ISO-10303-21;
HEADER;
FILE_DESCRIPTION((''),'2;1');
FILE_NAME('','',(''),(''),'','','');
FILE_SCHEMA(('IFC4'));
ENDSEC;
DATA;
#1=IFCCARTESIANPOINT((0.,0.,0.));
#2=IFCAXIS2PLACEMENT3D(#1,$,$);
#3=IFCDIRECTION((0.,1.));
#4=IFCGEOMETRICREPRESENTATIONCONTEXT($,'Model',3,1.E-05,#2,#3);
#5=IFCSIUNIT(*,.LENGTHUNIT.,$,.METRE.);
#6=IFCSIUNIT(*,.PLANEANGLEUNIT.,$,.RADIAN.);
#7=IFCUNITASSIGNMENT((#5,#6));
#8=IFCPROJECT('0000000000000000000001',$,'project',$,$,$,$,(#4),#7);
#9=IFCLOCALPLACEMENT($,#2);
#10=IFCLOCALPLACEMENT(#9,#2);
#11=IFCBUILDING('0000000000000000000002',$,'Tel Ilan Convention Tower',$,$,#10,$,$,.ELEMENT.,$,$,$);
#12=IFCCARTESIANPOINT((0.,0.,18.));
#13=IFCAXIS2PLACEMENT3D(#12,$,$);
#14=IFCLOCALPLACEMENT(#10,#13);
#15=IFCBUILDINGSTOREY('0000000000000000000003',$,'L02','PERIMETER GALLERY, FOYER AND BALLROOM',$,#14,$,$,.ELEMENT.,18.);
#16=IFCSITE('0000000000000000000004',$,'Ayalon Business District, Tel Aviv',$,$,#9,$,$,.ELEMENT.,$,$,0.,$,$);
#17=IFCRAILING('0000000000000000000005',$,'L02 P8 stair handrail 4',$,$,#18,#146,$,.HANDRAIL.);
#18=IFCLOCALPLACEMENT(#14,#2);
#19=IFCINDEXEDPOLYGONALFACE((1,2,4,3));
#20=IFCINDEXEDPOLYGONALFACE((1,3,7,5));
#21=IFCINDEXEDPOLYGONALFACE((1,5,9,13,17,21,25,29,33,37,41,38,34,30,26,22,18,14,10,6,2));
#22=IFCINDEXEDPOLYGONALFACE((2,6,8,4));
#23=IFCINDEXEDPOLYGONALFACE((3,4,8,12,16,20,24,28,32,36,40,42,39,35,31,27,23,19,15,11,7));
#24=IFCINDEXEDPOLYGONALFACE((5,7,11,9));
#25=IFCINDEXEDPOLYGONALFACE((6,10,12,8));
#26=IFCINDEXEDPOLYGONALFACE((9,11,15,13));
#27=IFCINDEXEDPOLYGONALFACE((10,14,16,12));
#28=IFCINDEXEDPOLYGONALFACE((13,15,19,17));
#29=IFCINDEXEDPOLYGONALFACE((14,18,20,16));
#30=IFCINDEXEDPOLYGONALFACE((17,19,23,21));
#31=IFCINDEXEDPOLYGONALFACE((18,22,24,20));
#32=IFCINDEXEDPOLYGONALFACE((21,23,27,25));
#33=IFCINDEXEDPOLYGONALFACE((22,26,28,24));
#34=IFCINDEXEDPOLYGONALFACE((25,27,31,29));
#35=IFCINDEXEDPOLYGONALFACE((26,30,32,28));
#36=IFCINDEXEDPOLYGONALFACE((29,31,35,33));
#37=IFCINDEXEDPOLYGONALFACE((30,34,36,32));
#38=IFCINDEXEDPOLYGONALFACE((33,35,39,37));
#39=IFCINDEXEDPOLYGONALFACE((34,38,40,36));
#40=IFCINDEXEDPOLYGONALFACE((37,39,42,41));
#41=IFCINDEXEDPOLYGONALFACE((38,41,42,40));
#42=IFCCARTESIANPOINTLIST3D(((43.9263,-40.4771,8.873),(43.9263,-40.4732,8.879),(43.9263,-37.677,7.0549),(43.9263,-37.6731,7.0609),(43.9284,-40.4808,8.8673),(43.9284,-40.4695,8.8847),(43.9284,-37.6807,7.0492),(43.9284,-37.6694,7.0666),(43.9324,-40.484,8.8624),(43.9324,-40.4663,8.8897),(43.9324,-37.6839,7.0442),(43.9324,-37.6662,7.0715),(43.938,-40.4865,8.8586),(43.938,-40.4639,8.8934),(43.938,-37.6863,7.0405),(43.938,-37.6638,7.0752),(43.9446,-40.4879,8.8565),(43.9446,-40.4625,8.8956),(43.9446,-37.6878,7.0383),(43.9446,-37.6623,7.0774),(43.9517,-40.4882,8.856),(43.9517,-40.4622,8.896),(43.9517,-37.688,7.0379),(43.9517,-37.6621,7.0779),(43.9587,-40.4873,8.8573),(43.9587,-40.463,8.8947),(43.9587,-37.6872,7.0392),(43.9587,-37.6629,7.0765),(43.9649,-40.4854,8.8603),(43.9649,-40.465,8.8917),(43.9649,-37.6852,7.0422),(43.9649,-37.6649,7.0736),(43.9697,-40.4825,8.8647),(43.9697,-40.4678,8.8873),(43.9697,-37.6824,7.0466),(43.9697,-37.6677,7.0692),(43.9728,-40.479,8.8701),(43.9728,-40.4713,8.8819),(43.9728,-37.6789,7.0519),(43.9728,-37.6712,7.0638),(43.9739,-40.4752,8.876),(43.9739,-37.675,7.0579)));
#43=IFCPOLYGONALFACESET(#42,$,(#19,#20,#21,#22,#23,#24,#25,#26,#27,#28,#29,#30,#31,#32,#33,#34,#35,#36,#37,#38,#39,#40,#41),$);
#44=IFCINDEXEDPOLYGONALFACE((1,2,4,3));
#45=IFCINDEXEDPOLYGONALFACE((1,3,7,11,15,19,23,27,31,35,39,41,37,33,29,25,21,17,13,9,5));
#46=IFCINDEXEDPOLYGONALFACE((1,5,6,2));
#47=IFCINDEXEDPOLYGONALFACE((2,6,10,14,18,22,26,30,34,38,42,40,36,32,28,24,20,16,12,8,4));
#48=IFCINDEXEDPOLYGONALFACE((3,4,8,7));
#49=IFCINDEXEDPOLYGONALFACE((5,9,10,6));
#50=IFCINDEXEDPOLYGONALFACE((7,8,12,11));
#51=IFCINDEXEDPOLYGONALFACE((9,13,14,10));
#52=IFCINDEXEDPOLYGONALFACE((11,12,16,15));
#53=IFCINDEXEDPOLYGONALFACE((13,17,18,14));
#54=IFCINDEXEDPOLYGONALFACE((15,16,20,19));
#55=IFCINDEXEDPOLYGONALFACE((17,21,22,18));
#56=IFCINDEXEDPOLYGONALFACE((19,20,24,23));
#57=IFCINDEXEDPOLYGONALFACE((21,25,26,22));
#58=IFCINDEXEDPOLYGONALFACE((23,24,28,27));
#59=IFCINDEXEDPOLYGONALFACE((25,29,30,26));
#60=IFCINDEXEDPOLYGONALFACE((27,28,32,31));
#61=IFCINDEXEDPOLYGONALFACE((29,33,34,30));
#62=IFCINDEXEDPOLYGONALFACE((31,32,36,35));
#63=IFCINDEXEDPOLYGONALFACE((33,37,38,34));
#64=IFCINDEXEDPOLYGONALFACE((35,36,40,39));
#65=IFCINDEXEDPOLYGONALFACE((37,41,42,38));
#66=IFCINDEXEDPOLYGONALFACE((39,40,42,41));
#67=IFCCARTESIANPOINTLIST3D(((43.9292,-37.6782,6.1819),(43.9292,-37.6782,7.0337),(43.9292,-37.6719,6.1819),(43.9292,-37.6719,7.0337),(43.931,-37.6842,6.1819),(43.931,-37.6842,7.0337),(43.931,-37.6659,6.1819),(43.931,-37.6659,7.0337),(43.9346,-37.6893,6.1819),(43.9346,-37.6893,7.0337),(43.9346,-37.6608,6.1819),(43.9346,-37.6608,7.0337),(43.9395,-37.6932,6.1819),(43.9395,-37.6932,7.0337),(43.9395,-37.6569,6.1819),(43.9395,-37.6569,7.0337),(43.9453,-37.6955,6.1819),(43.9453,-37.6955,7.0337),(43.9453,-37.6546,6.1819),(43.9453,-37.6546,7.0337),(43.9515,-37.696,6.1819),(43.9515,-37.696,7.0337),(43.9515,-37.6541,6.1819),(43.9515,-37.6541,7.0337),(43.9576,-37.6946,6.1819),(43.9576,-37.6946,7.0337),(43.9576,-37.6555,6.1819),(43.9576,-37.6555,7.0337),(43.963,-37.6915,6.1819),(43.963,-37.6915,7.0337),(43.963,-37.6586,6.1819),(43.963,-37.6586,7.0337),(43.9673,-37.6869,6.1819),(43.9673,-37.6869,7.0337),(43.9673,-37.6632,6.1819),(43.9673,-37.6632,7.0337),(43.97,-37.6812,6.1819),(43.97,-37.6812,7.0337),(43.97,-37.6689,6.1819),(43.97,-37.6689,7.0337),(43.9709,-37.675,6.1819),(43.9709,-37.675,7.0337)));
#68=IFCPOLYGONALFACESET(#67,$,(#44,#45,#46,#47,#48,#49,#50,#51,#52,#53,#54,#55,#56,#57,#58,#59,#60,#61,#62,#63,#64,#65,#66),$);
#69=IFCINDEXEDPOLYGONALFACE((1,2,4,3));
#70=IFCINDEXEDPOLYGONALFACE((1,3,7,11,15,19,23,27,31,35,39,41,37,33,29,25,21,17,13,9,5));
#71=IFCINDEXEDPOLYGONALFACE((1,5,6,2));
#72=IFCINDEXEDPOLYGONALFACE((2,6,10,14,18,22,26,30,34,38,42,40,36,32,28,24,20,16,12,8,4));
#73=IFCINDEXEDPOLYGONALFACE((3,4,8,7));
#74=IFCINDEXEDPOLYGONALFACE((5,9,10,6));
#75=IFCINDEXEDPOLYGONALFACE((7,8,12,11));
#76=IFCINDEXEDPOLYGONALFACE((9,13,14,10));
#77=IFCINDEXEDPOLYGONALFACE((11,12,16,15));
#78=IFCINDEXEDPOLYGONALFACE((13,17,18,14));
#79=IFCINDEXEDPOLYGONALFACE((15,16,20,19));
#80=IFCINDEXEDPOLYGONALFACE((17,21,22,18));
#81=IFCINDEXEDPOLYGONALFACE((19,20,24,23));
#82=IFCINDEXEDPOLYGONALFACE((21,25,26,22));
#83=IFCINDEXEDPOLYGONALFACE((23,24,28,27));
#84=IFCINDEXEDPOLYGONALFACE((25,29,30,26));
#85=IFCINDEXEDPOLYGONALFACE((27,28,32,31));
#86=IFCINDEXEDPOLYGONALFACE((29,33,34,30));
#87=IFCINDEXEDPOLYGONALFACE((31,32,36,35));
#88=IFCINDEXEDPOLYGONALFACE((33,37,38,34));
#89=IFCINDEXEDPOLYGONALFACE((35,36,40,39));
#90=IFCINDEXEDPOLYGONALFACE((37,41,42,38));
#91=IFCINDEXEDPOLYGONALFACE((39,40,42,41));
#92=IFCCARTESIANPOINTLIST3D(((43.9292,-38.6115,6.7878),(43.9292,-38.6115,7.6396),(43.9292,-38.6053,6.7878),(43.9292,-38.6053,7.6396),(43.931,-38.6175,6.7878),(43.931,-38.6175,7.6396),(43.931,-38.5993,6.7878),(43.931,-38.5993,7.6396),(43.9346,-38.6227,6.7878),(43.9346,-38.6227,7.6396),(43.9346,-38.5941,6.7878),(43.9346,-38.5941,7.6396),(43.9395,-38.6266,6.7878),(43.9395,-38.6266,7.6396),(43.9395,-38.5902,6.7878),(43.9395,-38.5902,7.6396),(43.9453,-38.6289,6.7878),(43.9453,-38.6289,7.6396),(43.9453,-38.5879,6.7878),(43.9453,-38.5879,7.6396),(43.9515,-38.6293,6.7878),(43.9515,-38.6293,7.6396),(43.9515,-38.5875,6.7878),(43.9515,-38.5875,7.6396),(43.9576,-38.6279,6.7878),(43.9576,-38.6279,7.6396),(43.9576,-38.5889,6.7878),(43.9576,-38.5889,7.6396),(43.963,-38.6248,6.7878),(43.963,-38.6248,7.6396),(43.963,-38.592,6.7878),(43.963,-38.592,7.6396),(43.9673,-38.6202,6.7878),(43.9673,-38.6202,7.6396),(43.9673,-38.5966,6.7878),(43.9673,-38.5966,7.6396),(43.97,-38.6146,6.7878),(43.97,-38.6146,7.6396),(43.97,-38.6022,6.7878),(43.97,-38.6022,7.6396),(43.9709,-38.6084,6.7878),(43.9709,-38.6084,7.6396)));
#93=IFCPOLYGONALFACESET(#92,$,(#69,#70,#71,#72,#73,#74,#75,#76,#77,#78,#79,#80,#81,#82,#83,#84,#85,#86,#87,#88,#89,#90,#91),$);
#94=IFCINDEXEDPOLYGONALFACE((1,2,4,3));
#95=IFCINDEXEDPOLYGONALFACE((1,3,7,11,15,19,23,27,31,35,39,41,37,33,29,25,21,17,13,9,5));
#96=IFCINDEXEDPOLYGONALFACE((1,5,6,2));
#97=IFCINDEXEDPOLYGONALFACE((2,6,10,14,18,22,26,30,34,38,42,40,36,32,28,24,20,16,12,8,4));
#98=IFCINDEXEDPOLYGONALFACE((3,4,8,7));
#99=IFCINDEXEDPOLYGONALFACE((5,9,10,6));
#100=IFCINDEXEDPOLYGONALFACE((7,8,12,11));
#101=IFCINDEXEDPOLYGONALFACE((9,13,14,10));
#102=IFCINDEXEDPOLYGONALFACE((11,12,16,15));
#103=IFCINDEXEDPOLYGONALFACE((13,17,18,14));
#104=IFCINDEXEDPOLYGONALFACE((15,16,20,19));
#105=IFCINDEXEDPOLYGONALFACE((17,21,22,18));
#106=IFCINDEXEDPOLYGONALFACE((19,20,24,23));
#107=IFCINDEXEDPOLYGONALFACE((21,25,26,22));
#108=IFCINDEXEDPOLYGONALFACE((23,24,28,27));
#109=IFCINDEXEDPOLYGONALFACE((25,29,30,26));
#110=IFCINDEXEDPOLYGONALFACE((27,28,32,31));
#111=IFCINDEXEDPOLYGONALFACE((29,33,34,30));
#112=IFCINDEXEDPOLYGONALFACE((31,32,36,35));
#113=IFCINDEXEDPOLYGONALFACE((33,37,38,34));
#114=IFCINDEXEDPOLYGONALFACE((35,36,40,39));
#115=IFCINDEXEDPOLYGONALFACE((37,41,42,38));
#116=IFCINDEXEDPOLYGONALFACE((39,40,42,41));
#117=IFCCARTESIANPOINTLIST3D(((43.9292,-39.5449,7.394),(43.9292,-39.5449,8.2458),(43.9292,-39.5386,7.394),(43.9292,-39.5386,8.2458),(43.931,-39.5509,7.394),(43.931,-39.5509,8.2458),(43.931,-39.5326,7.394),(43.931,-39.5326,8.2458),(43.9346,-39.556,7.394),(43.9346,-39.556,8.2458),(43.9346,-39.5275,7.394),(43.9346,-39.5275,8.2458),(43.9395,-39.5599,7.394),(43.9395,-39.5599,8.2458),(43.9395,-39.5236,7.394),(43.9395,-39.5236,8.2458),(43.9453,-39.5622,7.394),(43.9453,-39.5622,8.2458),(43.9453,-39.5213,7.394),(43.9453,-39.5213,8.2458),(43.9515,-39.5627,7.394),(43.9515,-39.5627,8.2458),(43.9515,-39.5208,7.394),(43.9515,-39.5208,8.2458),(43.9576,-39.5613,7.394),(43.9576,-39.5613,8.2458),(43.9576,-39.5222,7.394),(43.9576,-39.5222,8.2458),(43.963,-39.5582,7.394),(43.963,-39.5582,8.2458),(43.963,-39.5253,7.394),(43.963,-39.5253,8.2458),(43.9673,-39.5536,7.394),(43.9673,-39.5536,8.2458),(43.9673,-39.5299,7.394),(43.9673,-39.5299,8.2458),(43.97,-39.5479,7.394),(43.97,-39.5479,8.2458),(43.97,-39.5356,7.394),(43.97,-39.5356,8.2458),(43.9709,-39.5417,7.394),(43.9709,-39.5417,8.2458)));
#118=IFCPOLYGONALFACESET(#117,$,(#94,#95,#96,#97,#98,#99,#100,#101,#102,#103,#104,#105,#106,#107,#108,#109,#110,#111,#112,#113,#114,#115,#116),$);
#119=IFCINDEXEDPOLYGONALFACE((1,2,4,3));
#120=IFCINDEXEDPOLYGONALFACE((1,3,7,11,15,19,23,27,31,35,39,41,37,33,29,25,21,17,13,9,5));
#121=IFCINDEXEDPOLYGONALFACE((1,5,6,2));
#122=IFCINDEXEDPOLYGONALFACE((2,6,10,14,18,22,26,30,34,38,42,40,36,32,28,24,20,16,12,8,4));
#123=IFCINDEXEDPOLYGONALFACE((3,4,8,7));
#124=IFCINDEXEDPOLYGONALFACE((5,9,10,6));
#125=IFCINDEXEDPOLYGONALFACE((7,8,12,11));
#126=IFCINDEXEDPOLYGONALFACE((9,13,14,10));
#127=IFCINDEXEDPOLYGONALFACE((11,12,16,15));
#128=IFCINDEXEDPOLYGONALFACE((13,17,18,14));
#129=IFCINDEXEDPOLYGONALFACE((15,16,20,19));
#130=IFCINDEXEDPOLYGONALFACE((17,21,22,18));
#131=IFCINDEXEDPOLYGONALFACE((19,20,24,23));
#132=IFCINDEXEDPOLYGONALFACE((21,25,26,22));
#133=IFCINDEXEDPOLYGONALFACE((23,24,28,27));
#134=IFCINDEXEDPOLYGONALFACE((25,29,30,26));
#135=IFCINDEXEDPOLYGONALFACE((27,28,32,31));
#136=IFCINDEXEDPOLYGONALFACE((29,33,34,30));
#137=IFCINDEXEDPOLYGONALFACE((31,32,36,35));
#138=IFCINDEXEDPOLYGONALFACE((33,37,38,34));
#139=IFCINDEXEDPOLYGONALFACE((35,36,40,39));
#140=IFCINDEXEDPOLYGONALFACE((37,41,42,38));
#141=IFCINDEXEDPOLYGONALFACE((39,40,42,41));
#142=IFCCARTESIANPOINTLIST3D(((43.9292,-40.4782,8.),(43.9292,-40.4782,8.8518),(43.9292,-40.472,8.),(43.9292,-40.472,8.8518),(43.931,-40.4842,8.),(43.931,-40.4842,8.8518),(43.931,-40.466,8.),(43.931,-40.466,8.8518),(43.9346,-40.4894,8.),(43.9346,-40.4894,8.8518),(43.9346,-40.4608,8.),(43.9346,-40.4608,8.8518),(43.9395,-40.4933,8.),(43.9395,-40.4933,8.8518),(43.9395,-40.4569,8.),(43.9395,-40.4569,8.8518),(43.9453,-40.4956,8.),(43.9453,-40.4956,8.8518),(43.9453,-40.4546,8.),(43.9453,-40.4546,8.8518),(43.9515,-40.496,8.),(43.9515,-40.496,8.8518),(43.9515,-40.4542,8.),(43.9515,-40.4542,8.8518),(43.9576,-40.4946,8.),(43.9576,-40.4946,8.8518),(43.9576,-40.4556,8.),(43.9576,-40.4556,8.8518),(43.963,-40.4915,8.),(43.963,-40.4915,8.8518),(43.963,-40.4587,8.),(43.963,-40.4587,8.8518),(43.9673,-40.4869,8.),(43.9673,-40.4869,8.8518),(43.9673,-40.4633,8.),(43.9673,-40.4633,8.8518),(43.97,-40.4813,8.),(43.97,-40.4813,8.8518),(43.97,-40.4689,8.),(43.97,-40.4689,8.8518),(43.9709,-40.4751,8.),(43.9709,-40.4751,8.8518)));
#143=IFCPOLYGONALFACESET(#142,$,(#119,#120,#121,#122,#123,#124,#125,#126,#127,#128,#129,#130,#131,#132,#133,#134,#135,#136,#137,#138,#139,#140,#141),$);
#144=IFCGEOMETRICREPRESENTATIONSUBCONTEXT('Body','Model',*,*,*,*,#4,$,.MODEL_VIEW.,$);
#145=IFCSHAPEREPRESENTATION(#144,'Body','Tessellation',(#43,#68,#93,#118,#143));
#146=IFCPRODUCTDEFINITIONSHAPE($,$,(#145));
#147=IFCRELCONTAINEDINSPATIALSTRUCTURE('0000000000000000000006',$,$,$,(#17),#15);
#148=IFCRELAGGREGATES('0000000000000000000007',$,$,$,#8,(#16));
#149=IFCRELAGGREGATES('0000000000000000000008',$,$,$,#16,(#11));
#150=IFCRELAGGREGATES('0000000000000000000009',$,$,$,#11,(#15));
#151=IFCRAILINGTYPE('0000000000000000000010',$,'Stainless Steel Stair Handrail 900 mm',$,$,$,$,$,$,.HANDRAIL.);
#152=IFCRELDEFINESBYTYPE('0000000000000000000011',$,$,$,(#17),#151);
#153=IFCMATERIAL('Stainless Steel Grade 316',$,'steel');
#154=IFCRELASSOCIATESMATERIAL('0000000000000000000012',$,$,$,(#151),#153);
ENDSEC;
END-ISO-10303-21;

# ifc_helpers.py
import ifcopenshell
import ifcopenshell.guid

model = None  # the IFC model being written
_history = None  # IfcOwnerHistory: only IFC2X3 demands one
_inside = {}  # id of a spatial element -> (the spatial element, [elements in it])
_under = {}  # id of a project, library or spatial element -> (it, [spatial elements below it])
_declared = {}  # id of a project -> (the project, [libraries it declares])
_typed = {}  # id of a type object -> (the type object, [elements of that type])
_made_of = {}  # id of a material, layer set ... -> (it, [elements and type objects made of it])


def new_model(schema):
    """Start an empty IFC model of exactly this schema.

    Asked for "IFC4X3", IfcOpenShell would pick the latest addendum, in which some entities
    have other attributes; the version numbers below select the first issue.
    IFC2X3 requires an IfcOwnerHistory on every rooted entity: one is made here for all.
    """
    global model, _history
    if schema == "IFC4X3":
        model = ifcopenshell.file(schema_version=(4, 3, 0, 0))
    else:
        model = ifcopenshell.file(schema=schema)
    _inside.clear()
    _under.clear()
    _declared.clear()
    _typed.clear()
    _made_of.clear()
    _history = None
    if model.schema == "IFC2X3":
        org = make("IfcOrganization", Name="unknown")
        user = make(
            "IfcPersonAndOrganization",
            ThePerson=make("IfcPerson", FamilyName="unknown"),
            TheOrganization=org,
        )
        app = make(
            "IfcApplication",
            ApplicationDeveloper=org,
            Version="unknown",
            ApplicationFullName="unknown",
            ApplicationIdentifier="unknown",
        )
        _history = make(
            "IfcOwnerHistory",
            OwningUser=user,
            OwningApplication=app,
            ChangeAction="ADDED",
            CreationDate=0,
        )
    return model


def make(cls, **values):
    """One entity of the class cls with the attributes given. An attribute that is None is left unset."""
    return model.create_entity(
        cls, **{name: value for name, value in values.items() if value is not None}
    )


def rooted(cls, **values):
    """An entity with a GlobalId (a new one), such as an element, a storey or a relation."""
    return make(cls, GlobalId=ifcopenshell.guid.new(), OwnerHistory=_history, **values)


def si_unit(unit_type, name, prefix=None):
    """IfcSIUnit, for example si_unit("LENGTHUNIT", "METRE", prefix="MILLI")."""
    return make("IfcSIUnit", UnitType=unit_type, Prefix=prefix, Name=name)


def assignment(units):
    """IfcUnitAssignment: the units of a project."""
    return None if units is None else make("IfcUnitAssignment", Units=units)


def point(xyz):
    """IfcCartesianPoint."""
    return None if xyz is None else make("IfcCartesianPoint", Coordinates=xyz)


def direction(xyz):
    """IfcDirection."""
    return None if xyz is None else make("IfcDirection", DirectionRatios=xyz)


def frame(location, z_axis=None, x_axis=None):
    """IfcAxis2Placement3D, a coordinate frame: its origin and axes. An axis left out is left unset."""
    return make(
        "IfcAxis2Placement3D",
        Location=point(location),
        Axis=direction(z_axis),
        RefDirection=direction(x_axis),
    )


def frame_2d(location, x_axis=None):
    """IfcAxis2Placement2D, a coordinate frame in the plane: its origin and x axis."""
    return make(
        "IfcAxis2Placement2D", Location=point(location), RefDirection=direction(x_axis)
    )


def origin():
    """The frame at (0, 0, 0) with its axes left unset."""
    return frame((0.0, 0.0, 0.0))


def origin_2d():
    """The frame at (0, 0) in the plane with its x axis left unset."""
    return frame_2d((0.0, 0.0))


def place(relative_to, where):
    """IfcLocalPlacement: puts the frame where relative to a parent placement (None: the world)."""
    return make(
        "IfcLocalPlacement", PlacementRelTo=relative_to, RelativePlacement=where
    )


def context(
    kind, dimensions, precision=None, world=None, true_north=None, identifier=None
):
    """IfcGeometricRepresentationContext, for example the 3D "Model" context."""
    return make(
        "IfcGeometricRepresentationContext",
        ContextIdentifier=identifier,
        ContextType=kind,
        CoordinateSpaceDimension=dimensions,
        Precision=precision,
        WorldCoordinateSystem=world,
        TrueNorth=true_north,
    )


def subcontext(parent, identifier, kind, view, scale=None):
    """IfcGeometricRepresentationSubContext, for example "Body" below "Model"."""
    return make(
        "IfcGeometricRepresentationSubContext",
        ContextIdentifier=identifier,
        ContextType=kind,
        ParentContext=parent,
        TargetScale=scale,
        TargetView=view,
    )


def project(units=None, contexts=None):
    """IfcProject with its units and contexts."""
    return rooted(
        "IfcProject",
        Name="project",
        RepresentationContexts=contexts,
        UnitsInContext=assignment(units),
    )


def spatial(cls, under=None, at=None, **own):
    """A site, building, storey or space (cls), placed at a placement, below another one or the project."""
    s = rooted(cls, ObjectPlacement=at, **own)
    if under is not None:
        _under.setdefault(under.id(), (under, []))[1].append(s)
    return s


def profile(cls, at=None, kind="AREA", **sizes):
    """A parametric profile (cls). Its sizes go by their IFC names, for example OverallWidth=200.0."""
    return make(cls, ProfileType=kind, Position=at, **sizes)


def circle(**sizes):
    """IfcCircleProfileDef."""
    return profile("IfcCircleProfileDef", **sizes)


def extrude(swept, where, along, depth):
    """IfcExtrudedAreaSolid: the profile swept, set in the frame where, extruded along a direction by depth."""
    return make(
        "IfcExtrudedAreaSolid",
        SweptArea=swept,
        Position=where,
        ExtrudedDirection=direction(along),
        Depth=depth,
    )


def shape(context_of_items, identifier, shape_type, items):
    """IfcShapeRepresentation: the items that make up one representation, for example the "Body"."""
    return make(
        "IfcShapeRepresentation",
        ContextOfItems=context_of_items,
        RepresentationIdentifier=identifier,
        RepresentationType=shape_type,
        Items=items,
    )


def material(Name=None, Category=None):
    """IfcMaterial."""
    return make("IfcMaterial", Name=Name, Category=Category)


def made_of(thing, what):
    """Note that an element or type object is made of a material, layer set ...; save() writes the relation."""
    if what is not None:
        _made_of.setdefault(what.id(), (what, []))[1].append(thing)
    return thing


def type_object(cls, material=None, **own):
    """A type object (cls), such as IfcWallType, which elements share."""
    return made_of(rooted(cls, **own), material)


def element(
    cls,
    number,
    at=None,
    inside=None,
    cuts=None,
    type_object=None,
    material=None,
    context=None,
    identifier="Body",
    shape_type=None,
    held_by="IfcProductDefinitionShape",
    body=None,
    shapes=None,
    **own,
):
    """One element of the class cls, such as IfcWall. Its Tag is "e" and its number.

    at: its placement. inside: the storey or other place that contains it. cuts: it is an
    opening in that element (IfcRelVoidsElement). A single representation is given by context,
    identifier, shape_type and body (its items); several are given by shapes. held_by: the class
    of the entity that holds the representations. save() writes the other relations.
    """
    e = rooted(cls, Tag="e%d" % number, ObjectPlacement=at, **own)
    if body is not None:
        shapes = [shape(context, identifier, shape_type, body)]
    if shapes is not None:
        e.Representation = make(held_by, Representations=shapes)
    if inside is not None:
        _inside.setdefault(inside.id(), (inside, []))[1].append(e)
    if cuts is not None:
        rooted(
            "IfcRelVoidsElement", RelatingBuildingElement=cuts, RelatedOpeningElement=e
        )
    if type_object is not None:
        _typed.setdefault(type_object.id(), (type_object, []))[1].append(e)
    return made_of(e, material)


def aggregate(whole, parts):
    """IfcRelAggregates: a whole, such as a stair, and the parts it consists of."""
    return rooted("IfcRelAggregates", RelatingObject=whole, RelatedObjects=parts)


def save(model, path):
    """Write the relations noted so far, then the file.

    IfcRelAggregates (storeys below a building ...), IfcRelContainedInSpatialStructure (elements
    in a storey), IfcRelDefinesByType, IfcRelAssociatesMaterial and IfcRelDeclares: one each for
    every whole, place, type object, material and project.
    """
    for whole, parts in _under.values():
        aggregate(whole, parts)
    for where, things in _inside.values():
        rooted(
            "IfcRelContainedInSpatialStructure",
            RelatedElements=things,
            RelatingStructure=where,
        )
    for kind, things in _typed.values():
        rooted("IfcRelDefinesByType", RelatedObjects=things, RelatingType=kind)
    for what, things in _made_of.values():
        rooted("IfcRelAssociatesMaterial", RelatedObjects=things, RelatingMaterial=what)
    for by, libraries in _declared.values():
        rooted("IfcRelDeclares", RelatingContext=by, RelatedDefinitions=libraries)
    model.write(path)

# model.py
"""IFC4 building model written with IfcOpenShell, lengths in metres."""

from ifc_helpers import new_model, si_unit, direction, frame, origin, origin_2d, place, context, subcontext, project, spatial, circle, extrude, material, type_object, element, save


model = new_model("IFC4")

# Units and contexts
model_context = context("Model", 3, precision=1e-05, world=origin(), true_north=direction((0.0, 1.0)))
body_context = subcontext(model_context, "Body", "Model", "MODEL_VIEW")
ifc_project = project(units=[si_unit("LENGTHUNIT", "METRE"), si_unit("PLANEANGLEUNIT", "RADIAN")], contexts=[model_context])

# Site, building, storey
site_placement = place(None, origin())
site = spatial("IfcSite", under=ifc_project, at=site_placement, Name="Ayalon Business District, Tel Aviv", CompositionType="ELEMENT", RefElevation=0.0)
building_placement = place(site_placement, origin())
building = spatial("IfcBuilding", under=site, at=building_placement, Name="Tel Ilan Convention Tower", CompositionType="ELEMENT")
storey_placement = place(building_placement, frame((0.0, 0.0, 18.0)))
storey = spatial("IfcBuildingStorey", under=building, at=storey_placement, Name="L02", Description="PERIMETER GALLERY, FOYER AND BALLROOM", CompositionType="ELEMENT", Elevation=18.0)

# Railing
ifc_material_1 = material(Name="Stainless Steel Grade 316", Category="steel")
railing_type_1 = type_object("IfcRailingType", Name="Stainless Steel Stair Handrail 900 mm", PredefinedType="HANDRAIL", material=ifc_material_1)
railing_1_placement = place(storey_placement, frame((43.95, -37.675, 6.1819)))
element("IfcRailing", 1, at=railing_1_placement, inside=storey, type_object=railing_type_1, Name="L02 P8 stair handrail 4", PredefinedType="HANDRAIL", context=body_context, shape_type="SweptSolid", body=[
    extrude(circle(Radius=0.0239, at=origin_2d()), frame((0.0, 0.0, 0.876), z_axis=(0.0, -0.838706, 0.544585), x_axis=(1.0, 0.0, 0.0)), (0.0, 0.0, 1.0), 3.3386),
    extrude(circle(Radius=0.021, at=origin_2d()), origin(), (0.0, 0.0, 1.0), 0.8518),
    extrude(circle(Radius=0.021, at=origin_2d()), frame((0.0, -0.9333, 0.606)), (0.0, 0.0, 1.0), 0.8518),
    extrude(circle(Radius=0.021, at=origin_2d()), frame((0.0, -1.8667, 1.2122)), (0.0, 0.0, 1.0), 0.8518),
    extrude(circle(Radius=0.021, at=origin_2d()), frame((0.0, -2.8, 1.8181)), (0.0, 0.0, 1.0), 0.8518),
])

save(model, "model.ifc")
